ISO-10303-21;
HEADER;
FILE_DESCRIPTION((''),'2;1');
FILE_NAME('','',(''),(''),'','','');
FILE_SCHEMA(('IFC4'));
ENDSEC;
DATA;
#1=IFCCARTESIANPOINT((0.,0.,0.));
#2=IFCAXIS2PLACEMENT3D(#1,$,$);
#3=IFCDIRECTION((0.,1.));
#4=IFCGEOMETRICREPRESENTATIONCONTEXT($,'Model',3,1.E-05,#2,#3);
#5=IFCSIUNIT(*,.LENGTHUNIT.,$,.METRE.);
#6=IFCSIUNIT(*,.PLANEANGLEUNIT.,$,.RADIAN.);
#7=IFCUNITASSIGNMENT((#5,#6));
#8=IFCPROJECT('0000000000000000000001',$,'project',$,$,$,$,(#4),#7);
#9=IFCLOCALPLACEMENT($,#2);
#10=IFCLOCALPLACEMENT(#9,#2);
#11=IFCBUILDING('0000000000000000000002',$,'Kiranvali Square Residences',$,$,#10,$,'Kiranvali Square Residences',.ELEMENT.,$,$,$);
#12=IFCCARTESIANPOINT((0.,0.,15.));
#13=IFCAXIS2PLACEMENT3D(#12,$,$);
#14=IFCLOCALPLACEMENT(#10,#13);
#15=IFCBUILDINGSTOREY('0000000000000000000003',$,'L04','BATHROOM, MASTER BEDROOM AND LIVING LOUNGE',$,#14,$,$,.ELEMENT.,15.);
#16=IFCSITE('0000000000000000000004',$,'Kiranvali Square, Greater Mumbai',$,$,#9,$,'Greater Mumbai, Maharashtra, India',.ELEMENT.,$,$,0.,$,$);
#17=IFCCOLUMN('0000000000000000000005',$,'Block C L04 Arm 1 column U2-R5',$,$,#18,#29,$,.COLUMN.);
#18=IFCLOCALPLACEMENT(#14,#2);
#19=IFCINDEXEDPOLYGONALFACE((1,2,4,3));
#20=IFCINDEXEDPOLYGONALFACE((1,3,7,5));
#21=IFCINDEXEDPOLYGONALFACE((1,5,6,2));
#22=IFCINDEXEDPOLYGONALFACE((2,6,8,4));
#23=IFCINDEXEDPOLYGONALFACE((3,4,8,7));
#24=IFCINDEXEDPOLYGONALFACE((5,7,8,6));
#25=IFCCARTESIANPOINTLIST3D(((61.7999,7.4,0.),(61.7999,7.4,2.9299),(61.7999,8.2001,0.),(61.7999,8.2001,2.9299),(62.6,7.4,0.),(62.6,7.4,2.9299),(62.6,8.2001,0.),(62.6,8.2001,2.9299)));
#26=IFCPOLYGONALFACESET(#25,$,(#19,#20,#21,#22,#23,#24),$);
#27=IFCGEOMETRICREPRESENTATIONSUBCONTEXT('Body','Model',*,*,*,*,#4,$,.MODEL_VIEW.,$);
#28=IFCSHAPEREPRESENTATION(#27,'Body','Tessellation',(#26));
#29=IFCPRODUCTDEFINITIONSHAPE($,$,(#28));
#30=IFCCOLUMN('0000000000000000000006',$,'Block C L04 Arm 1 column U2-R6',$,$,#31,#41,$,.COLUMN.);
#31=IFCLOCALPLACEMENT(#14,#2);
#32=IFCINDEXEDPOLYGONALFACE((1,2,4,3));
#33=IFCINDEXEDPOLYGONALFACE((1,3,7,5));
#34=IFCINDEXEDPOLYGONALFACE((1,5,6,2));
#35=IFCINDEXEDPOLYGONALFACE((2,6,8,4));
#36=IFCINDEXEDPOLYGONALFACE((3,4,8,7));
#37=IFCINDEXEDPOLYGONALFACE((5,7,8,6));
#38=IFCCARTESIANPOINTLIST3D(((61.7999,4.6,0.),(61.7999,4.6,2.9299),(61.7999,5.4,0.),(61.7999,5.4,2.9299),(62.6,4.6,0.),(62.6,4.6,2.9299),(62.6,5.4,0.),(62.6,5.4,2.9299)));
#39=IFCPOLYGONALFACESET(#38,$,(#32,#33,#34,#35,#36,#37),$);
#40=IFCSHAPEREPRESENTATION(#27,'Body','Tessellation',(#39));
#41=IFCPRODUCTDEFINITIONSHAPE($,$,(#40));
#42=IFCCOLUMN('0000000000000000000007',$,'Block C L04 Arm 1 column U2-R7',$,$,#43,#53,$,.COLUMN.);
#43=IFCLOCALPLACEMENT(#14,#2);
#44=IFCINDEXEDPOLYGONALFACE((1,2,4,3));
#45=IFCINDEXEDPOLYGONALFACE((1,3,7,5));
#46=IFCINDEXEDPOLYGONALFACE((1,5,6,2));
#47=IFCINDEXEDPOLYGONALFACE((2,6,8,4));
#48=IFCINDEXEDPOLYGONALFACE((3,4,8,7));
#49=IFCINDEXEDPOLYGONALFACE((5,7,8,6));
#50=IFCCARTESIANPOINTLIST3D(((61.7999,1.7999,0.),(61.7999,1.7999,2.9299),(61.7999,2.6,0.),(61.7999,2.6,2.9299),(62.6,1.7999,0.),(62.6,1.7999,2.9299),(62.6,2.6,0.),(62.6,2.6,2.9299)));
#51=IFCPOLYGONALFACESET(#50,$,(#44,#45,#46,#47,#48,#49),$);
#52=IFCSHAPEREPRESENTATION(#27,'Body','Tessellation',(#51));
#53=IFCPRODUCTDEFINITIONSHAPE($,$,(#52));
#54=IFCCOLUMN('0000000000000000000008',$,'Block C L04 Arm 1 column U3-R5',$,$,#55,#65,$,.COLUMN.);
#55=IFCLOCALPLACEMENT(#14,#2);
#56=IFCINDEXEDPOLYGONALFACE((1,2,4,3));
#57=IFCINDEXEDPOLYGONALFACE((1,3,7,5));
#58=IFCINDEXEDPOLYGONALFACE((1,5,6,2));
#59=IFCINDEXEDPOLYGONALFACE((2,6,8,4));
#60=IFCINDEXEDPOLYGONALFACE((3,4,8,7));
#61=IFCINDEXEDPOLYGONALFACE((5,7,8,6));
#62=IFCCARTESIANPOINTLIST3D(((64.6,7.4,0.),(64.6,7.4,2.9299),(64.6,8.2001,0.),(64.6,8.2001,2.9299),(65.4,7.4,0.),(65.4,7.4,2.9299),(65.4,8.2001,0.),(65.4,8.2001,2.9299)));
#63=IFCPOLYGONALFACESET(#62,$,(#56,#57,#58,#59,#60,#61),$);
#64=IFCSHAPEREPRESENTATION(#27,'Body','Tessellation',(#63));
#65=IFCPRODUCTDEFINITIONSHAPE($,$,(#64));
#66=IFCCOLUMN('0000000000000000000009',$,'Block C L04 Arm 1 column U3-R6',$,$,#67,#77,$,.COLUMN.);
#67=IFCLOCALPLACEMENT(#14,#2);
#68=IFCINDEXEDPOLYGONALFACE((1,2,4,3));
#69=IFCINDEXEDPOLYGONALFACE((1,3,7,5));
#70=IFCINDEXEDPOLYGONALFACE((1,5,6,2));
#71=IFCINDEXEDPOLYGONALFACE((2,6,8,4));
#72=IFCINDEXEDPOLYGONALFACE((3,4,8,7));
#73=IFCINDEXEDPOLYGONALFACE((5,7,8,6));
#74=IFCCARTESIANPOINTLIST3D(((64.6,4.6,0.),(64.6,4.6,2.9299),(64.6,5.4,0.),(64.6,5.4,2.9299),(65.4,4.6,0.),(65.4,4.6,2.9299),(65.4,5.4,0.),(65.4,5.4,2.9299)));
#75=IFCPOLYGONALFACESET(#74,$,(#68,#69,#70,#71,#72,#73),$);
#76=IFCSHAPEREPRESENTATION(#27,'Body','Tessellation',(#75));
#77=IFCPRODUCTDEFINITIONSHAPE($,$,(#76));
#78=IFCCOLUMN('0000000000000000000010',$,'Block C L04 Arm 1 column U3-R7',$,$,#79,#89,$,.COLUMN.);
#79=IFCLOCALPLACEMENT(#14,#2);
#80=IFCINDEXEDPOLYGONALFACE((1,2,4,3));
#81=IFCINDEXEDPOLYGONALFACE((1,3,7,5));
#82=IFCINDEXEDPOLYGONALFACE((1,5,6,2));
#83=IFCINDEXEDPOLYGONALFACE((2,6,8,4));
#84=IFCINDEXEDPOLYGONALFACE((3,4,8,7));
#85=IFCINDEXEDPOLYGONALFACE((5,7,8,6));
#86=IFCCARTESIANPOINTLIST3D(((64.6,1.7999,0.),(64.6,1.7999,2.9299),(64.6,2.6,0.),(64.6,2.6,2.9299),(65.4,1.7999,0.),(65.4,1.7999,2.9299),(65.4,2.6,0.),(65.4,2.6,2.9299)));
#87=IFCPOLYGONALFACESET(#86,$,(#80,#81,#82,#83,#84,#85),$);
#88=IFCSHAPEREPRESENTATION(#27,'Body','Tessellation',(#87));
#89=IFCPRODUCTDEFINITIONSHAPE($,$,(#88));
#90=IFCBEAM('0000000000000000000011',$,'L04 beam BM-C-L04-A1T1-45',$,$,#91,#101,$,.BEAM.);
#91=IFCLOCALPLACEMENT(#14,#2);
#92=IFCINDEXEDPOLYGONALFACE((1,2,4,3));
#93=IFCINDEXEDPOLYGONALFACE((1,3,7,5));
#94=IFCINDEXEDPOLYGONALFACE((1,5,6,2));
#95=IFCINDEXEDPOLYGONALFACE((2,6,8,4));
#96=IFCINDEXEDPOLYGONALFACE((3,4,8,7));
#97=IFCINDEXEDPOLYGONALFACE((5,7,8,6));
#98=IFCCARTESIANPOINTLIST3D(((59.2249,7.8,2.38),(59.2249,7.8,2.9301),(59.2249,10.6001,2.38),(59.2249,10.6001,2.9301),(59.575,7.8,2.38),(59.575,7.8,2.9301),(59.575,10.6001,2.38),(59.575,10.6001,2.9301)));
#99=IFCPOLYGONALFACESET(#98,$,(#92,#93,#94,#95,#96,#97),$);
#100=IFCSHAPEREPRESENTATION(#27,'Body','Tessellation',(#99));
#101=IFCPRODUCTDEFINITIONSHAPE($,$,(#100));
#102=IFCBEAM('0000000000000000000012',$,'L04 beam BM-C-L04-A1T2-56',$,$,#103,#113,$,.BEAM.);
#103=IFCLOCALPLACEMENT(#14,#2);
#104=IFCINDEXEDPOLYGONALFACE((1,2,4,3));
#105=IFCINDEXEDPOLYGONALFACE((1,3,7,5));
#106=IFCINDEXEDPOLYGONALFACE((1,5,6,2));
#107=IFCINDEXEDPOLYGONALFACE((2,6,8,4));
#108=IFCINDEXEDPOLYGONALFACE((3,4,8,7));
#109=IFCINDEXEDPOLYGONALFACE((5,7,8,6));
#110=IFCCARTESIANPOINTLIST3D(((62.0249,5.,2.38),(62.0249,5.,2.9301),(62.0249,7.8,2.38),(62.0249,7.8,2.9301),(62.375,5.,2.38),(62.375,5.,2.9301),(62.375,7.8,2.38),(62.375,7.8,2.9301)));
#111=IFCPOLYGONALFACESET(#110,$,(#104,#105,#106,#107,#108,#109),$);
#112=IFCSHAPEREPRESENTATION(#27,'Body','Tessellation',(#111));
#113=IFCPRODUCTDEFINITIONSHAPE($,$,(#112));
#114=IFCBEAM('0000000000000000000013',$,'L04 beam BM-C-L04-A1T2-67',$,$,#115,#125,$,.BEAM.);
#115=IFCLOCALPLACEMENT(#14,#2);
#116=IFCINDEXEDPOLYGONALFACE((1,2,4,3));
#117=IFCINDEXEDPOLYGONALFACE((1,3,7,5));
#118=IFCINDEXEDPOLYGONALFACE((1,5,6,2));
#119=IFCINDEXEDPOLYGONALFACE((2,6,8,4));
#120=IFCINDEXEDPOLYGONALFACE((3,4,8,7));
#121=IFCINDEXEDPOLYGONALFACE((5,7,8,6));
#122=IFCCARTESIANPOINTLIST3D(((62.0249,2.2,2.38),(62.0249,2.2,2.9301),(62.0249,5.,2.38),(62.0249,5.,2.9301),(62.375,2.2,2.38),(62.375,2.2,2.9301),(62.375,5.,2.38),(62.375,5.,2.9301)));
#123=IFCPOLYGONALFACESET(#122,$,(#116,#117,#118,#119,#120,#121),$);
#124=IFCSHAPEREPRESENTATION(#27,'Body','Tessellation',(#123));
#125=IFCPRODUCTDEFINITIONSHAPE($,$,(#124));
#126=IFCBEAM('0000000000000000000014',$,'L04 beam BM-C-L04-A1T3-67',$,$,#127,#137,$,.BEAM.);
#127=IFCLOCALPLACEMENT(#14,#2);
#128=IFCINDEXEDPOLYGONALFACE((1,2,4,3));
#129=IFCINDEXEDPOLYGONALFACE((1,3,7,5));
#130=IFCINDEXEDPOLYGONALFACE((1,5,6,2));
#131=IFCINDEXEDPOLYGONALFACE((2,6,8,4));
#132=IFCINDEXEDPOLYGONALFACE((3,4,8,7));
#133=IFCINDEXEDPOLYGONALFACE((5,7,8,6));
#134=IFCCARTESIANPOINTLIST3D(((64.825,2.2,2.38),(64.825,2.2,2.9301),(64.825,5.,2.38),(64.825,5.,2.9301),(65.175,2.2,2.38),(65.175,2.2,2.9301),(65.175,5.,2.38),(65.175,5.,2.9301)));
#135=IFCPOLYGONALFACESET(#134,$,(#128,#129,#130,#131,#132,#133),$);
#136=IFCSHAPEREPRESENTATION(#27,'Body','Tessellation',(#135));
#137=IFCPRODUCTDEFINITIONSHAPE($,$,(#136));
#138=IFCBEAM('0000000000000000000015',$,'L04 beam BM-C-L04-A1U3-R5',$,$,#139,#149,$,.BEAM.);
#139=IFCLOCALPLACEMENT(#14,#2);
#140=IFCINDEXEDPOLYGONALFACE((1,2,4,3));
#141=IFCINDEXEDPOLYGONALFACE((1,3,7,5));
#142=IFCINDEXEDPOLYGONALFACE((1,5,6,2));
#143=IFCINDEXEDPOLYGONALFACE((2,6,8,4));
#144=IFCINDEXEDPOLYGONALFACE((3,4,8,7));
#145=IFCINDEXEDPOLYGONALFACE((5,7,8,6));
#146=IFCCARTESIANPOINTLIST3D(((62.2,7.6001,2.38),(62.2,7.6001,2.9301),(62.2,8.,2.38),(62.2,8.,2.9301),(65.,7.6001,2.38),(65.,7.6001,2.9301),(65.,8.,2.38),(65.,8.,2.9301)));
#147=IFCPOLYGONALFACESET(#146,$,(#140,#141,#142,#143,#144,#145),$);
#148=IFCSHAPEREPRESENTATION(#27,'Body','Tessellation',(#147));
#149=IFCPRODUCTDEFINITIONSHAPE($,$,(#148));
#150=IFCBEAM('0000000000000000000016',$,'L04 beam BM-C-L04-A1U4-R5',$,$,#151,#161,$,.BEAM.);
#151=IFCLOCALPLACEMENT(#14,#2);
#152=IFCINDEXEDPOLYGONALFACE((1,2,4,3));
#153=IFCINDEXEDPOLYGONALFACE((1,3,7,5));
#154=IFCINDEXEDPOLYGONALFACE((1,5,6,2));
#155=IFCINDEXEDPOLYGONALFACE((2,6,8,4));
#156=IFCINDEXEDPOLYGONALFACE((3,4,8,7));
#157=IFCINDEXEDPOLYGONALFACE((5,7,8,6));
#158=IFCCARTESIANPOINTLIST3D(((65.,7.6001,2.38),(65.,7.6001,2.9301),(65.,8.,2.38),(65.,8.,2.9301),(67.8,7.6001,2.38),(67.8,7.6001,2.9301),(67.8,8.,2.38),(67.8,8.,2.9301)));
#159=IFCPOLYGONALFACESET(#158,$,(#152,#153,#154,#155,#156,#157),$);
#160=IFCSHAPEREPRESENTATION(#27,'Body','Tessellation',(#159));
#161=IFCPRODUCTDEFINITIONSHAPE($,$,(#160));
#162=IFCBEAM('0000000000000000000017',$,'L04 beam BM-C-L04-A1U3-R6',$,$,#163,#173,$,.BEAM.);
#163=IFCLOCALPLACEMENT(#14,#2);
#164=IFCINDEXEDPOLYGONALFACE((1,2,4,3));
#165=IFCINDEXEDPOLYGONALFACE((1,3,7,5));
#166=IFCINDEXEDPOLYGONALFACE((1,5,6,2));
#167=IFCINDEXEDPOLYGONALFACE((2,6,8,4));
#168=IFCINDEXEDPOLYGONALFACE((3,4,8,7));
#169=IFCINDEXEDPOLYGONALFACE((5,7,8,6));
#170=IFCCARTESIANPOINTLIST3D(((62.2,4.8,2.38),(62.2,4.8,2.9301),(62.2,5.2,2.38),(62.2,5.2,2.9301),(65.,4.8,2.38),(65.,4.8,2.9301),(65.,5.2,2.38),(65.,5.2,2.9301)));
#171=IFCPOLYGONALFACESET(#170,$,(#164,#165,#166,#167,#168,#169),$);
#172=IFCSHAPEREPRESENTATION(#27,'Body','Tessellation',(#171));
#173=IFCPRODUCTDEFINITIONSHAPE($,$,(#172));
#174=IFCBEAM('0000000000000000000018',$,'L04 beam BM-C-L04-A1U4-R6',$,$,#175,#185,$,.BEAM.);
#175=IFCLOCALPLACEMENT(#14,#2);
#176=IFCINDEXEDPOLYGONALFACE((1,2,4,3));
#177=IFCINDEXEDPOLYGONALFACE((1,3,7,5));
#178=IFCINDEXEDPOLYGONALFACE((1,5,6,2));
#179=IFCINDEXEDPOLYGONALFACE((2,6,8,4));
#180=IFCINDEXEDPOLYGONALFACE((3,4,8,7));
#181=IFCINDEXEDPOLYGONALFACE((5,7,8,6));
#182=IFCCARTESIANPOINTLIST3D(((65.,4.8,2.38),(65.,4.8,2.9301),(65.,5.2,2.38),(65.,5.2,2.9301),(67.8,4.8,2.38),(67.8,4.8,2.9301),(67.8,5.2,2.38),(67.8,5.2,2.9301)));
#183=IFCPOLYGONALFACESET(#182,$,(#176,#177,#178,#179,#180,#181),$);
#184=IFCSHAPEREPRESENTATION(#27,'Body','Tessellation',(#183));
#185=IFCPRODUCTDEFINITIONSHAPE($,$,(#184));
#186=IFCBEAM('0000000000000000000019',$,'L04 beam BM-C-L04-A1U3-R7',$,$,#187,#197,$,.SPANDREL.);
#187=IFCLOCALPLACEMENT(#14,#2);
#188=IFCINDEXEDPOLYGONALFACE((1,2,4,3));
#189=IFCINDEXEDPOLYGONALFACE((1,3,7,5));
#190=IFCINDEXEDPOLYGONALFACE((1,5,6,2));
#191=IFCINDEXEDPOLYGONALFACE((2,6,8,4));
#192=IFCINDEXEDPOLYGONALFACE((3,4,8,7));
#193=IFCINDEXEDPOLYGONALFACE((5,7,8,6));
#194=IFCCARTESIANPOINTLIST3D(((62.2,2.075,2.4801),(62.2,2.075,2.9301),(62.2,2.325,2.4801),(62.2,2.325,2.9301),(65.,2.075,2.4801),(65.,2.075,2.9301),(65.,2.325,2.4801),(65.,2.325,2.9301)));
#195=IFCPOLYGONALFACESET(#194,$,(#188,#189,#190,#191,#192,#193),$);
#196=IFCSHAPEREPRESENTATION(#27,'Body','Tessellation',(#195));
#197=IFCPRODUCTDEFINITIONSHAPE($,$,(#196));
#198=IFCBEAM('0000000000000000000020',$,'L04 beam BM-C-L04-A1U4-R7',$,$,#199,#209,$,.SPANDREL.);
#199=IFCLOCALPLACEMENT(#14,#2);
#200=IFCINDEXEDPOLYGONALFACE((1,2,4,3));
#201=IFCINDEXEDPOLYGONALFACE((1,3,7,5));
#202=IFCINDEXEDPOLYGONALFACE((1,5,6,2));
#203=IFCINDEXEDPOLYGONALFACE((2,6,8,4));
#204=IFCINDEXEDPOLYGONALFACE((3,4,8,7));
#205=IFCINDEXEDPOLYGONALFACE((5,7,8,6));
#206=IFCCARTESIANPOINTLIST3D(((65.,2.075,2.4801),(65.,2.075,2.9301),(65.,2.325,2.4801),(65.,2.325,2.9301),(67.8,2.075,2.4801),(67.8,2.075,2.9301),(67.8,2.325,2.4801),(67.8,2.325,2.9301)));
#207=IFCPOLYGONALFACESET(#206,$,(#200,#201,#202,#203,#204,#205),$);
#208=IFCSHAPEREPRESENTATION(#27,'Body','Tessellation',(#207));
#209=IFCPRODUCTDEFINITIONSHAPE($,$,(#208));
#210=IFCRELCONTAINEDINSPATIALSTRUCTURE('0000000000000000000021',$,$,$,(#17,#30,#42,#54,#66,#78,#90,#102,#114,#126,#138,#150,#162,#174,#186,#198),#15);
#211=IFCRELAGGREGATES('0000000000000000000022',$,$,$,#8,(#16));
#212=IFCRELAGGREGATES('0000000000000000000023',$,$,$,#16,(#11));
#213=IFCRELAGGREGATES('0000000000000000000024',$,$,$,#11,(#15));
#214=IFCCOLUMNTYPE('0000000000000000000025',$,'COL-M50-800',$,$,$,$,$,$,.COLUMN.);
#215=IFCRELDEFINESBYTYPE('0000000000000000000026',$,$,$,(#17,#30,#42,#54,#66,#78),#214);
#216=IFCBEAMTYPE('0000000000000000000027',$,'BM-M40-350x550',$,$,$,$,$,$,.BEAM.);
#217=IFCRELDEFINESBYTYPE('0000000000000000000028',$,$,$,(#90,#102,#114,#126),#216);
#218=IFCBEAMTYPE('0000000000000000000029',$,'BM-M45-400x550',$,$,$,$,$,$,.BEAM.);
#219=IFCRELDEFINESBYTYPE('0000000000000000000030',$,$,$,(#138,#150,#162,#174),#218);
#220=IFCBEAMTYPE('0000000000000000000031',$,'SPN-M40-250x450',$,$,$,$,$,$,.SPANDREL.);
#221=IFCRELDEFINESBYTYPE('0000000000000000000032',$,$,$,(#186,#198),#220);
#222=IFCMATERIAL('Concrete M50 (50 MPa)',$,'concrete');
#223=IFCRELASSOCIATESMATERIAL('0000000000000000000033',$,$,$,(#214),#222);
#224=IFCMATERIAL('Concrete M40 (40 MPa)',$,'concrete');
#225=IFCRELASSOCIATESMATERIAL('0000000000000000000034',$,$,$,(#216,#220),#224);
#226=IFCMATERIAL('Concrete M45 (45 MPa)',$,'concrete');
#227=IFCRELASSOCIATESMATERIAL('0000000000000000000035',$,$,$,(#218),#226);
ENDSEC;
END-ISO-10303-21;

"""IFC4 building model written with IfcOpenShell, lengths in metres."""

from ifc_helpers import new_model, si_unit, direction, frame, origin, origin_2d, place, context, subcontext, project, spatial, rectangle, extrude, material, material_profile, profile_set, type_object, element, save


model = new_model("IFC4")

# Units and contexts
model_context = context("Model", 3, precision=1e-05, world=origin(), true_north=direction((0.0, 1.0)))
body_context = subcontext(model_context, "Body", "Model", "MODEL_VIEW")
ifc_project = project(units=[si_unit("LENGTHUNIT", "METRE"), si_unit("PLANEANGLEUNIT", "RADIAN")], contexts=[model_context])

# Site, building, storey
site_placement = place(None, origin())
site = spatial("IfcSite", under=ifc_project, at=site_placement, Name="Kiranvali Square, Greater Mumbai", LongName="Greater Mumbai, Maharashtra, India", CompositionType="ELEMENT", RefElevation=0.0)
building_placement = place(site_placement, origin())
building = spatial("IfcBuilding", under=site, at=building_placement, Name="Kiranvali Square Residences", LongName="Kiranvali Square Residences", CompositionType="ELEMENT")
storey_placement = place(building_placement, frame((0.0, 0.0, 15.0)))
storey = spatial("IfcBuildingStorey", under=building, at=storey_placement, Name="L04", Description="BATHROOM, MASTER BEDROOM AND LIVING LOUNGE", CompositionType="ELEMENT", Elevation=15.0)

# Columns
ifc_material_1 = material(Name="Concrete M50 (50 MPa)", Category="concrete")
ifc_material_profile_1 = material_profile(ifc_material_1, rectangle(XDim=0.8, YDim=0.8, at=origin_2d()), Name="RC 800x800")
ifc_profile_set_1 = profile_set([ifc_material_profile_1], Name="Concrete M50 (50 MPa)")
column_type = type_object("IfcColumnType", Name="COL-M50-800", PredefinedType="COLUMN", material=ifc_profile_set_1)
for number, where, z_axis, x_axis, name in (
    (1, (62.2, 7.8, 0.0), (0.0, 0.0, 1.0), (1.0, 0.0, 0.0), "Block C L04 Arm 1 column U2-R5"),
    (2, (62.2, 5.0, 0.0), (0.0, 0.0, 1.0), (1.0, 0.0, 0.0), "Block C L04 Arm 1 column U2-R6"),
    (3, (62.2, 2.2, 0.0), (0.0, 0.0, 1.0), (1.0, 0.0, 0.0), "Block C L04 Arm 1 column U2-R7"),
    (4, (65.0, 7.8, 0.0), (0.0, 0.0, 1.0), (1.0, 0.0, 0.0), "Block C L04 Arm 1 column U3-R5"),
    (5, (65.0, 5.0, 0.0), (0.0, 0.0, 1.0), (1.0, 0.0, 0.0), "Block C L04 Arm 1 column U3-R6"),
    (6, (65.0, 2.2, 0.0), (0.0, 0.0, 1.0), (1.0, 0.0, 0.0), "Block C L04 Arm 1 column U3-R7"),
):
    element("IfcColumn", number, at=place(storey_placement, frame(where, z_axis=z_axis, x_axis=x_axis)), inside=storey, type_object=column_type, Name=name, PredefinedType="COLUMN", context=body_context, shape_type="SweptSolid", body=[
        extrude(rectangle(XDim=0.8, YDim=0.8, at=origin_2d()), origin(), (0.0, 0.0, 1.0), 2.9299),
    ])

# Beams
ifc_material_2 = material(Name="Concrete M40 (40 MPa)", Category="concrete")
ifc_material_profile_2 = material_profile(ifc_material_2, rectangle(XDim=0.3501, YDim=0.55, at=origin_2d()), Name="RC 350x550")
ifc_profile_set_2 = profile_set([ifc_material_profile_2], Name="Concrete M40 (40 MPa)")
beam_type_1 = type_object("IfcBeamType", Name="BM-M40-350x550", PredefinedType="BEAM", material=ifc_profile_set_2)
for number, where, z_axis, x_axis, name in (
    (7, (59.3999, 10.6001, 2.655), (0.0, -1.0, 0.0), (1.0, 0.0, 0.0), "L04 beam BM-C-L04-A1T1-45"),
    (8, (62.2, 7.8, 2.655), (0.0, -1.0, 0.0), (1.0, 0.0, 0.0), "L04 beam BM-C-L04-A1T2-56"),
    (9, (62.2, 5.0, 2.655), (0.0, -1.0, 0.0), (1.0, 0.0, 0.0), "L04 beam BM-C-L04-A1T2-67"),
    (10, (65.0, 5.0, 2.655), (0.0, -1.0, 0.0), (1.0, 0.0, 0.0), "L04 beam BM-C-L04-A1T3-67"),
):
    element("IfcBeam", number, at=place(storey_placement, frame(where, z_axis=z_axis, x_axis=x_axis)), inside=storey, type_object=beam_type_1, Name=name, PredefinedType="BEAM", context=body_context, shape_type="SweptSolid", body=[
        extrude(rectangle(XDim=0.3501, YDim=0.55, at=origin_2d()), origin(), (0.0, 0.0, 1.0), 2.8),
    ])
ifc_material_3 = material(Name="Concrete M45 (45 MPa)", Category="concrete")
ifc_material_profile_3 = material_profile(ifc_material_3, rectangle(XDim=0.3999, YDim=0.55, at=origin_2d()), Name="RC 400x550")
ifc_profile_set_3 = profile_set([ifc_material_profile_3], Name="Concrete M45 (45 MPa)")
beam_type_2 = type_object("IfcBeamType", Name="BM-M45-400x550", PredefinedType="BEAM", material=ifc_profile_set_3)
for number, where, z_axis, x_axis, name in (
    (11, (62.2, 7.8, 2.655), (1.0, 0.0, 0.0), (0.0, 1.0, 0.0), "L04 beam BM-C-L04-A1U3-R5"),
    (12, (65.0, 7.8, 2.655), (1.0, 0.0, 0.0), (0.0, 1.0, 0.0), "L04 beam BM-C-L04-A1U4-R5"),
    (13, (62.2, 5.0, 2.655), (1.0, 0.0, 0.0), (0.0, 1.0, 0.0), "L04 beam BM-C-L04-A1U3-R6"),
    (14, (65.0, 5.0, 2.655), (1.0, 0.0, 0.0), (0.0, 1.0, 0.0), "L04 beam BM-C-L04-A1U4-R6"),
):
    element("IfcBeam", number, at=place(storey_placement, frame(where, z_axis=z_axis, x_axis=x_axis)), inside=storey, type_object=beam_type_2, Name=name, PredefinedType="BEAM", context=body_context, shape_type="SweptSolid", body=[
        extrude(rectangle(XDim=0.3999, YDim=0.55, at=origin_2d()), origin(), (0.0, 0.0, 1.0), 2.8),
    ])
ifc_material_profile_4 = material_profile(ifc_material_2, rectangle(XDim=0.25, YDim=0.45, at=origin_2d()), Name="RC 250x450")
ifc_profile_set_4 = profile_set([ifc_material_profile_4], Name="Concrete M40 (40 MPa)")
beam_type_3 = type_object("IfcBeamType", Name="SPN-M40-250x450", PredefinedType="SPANDREL", material=ifc_profile_set_4)
for number, where, z_axis, x_axis, name in (
    (15, (62.2, 2.2, 2.7051), (1.0, 0.0, 0.0), (0.0, 1.0, 0.0), "L04 beam BM-C-L04-A1U3-R7"),
    (16, (65.0, 2.2, 2.7051), (1.0, 0.0, 0.0), (0.0, 1.0, 0.0), "L04 beam BM-C-L04-A1U4-R7"),
):
    element("IfcBeam", number, at=place(storey_placement, frame(where, z_axis=z_axis, x_axis=x_axis)), inside=storey, type_object=beam_type_3, Name=name, PredefinedType="SPANDREL", context=body_context, shape_type="SweptSolid", body=[
        extrude(rectangle(XDim=0.25, YDim=0.45, at=origin_2d()), origin(), (0.0, 0.0, 1.0), 2.8),
    ])

save(model, "model.ifc")
